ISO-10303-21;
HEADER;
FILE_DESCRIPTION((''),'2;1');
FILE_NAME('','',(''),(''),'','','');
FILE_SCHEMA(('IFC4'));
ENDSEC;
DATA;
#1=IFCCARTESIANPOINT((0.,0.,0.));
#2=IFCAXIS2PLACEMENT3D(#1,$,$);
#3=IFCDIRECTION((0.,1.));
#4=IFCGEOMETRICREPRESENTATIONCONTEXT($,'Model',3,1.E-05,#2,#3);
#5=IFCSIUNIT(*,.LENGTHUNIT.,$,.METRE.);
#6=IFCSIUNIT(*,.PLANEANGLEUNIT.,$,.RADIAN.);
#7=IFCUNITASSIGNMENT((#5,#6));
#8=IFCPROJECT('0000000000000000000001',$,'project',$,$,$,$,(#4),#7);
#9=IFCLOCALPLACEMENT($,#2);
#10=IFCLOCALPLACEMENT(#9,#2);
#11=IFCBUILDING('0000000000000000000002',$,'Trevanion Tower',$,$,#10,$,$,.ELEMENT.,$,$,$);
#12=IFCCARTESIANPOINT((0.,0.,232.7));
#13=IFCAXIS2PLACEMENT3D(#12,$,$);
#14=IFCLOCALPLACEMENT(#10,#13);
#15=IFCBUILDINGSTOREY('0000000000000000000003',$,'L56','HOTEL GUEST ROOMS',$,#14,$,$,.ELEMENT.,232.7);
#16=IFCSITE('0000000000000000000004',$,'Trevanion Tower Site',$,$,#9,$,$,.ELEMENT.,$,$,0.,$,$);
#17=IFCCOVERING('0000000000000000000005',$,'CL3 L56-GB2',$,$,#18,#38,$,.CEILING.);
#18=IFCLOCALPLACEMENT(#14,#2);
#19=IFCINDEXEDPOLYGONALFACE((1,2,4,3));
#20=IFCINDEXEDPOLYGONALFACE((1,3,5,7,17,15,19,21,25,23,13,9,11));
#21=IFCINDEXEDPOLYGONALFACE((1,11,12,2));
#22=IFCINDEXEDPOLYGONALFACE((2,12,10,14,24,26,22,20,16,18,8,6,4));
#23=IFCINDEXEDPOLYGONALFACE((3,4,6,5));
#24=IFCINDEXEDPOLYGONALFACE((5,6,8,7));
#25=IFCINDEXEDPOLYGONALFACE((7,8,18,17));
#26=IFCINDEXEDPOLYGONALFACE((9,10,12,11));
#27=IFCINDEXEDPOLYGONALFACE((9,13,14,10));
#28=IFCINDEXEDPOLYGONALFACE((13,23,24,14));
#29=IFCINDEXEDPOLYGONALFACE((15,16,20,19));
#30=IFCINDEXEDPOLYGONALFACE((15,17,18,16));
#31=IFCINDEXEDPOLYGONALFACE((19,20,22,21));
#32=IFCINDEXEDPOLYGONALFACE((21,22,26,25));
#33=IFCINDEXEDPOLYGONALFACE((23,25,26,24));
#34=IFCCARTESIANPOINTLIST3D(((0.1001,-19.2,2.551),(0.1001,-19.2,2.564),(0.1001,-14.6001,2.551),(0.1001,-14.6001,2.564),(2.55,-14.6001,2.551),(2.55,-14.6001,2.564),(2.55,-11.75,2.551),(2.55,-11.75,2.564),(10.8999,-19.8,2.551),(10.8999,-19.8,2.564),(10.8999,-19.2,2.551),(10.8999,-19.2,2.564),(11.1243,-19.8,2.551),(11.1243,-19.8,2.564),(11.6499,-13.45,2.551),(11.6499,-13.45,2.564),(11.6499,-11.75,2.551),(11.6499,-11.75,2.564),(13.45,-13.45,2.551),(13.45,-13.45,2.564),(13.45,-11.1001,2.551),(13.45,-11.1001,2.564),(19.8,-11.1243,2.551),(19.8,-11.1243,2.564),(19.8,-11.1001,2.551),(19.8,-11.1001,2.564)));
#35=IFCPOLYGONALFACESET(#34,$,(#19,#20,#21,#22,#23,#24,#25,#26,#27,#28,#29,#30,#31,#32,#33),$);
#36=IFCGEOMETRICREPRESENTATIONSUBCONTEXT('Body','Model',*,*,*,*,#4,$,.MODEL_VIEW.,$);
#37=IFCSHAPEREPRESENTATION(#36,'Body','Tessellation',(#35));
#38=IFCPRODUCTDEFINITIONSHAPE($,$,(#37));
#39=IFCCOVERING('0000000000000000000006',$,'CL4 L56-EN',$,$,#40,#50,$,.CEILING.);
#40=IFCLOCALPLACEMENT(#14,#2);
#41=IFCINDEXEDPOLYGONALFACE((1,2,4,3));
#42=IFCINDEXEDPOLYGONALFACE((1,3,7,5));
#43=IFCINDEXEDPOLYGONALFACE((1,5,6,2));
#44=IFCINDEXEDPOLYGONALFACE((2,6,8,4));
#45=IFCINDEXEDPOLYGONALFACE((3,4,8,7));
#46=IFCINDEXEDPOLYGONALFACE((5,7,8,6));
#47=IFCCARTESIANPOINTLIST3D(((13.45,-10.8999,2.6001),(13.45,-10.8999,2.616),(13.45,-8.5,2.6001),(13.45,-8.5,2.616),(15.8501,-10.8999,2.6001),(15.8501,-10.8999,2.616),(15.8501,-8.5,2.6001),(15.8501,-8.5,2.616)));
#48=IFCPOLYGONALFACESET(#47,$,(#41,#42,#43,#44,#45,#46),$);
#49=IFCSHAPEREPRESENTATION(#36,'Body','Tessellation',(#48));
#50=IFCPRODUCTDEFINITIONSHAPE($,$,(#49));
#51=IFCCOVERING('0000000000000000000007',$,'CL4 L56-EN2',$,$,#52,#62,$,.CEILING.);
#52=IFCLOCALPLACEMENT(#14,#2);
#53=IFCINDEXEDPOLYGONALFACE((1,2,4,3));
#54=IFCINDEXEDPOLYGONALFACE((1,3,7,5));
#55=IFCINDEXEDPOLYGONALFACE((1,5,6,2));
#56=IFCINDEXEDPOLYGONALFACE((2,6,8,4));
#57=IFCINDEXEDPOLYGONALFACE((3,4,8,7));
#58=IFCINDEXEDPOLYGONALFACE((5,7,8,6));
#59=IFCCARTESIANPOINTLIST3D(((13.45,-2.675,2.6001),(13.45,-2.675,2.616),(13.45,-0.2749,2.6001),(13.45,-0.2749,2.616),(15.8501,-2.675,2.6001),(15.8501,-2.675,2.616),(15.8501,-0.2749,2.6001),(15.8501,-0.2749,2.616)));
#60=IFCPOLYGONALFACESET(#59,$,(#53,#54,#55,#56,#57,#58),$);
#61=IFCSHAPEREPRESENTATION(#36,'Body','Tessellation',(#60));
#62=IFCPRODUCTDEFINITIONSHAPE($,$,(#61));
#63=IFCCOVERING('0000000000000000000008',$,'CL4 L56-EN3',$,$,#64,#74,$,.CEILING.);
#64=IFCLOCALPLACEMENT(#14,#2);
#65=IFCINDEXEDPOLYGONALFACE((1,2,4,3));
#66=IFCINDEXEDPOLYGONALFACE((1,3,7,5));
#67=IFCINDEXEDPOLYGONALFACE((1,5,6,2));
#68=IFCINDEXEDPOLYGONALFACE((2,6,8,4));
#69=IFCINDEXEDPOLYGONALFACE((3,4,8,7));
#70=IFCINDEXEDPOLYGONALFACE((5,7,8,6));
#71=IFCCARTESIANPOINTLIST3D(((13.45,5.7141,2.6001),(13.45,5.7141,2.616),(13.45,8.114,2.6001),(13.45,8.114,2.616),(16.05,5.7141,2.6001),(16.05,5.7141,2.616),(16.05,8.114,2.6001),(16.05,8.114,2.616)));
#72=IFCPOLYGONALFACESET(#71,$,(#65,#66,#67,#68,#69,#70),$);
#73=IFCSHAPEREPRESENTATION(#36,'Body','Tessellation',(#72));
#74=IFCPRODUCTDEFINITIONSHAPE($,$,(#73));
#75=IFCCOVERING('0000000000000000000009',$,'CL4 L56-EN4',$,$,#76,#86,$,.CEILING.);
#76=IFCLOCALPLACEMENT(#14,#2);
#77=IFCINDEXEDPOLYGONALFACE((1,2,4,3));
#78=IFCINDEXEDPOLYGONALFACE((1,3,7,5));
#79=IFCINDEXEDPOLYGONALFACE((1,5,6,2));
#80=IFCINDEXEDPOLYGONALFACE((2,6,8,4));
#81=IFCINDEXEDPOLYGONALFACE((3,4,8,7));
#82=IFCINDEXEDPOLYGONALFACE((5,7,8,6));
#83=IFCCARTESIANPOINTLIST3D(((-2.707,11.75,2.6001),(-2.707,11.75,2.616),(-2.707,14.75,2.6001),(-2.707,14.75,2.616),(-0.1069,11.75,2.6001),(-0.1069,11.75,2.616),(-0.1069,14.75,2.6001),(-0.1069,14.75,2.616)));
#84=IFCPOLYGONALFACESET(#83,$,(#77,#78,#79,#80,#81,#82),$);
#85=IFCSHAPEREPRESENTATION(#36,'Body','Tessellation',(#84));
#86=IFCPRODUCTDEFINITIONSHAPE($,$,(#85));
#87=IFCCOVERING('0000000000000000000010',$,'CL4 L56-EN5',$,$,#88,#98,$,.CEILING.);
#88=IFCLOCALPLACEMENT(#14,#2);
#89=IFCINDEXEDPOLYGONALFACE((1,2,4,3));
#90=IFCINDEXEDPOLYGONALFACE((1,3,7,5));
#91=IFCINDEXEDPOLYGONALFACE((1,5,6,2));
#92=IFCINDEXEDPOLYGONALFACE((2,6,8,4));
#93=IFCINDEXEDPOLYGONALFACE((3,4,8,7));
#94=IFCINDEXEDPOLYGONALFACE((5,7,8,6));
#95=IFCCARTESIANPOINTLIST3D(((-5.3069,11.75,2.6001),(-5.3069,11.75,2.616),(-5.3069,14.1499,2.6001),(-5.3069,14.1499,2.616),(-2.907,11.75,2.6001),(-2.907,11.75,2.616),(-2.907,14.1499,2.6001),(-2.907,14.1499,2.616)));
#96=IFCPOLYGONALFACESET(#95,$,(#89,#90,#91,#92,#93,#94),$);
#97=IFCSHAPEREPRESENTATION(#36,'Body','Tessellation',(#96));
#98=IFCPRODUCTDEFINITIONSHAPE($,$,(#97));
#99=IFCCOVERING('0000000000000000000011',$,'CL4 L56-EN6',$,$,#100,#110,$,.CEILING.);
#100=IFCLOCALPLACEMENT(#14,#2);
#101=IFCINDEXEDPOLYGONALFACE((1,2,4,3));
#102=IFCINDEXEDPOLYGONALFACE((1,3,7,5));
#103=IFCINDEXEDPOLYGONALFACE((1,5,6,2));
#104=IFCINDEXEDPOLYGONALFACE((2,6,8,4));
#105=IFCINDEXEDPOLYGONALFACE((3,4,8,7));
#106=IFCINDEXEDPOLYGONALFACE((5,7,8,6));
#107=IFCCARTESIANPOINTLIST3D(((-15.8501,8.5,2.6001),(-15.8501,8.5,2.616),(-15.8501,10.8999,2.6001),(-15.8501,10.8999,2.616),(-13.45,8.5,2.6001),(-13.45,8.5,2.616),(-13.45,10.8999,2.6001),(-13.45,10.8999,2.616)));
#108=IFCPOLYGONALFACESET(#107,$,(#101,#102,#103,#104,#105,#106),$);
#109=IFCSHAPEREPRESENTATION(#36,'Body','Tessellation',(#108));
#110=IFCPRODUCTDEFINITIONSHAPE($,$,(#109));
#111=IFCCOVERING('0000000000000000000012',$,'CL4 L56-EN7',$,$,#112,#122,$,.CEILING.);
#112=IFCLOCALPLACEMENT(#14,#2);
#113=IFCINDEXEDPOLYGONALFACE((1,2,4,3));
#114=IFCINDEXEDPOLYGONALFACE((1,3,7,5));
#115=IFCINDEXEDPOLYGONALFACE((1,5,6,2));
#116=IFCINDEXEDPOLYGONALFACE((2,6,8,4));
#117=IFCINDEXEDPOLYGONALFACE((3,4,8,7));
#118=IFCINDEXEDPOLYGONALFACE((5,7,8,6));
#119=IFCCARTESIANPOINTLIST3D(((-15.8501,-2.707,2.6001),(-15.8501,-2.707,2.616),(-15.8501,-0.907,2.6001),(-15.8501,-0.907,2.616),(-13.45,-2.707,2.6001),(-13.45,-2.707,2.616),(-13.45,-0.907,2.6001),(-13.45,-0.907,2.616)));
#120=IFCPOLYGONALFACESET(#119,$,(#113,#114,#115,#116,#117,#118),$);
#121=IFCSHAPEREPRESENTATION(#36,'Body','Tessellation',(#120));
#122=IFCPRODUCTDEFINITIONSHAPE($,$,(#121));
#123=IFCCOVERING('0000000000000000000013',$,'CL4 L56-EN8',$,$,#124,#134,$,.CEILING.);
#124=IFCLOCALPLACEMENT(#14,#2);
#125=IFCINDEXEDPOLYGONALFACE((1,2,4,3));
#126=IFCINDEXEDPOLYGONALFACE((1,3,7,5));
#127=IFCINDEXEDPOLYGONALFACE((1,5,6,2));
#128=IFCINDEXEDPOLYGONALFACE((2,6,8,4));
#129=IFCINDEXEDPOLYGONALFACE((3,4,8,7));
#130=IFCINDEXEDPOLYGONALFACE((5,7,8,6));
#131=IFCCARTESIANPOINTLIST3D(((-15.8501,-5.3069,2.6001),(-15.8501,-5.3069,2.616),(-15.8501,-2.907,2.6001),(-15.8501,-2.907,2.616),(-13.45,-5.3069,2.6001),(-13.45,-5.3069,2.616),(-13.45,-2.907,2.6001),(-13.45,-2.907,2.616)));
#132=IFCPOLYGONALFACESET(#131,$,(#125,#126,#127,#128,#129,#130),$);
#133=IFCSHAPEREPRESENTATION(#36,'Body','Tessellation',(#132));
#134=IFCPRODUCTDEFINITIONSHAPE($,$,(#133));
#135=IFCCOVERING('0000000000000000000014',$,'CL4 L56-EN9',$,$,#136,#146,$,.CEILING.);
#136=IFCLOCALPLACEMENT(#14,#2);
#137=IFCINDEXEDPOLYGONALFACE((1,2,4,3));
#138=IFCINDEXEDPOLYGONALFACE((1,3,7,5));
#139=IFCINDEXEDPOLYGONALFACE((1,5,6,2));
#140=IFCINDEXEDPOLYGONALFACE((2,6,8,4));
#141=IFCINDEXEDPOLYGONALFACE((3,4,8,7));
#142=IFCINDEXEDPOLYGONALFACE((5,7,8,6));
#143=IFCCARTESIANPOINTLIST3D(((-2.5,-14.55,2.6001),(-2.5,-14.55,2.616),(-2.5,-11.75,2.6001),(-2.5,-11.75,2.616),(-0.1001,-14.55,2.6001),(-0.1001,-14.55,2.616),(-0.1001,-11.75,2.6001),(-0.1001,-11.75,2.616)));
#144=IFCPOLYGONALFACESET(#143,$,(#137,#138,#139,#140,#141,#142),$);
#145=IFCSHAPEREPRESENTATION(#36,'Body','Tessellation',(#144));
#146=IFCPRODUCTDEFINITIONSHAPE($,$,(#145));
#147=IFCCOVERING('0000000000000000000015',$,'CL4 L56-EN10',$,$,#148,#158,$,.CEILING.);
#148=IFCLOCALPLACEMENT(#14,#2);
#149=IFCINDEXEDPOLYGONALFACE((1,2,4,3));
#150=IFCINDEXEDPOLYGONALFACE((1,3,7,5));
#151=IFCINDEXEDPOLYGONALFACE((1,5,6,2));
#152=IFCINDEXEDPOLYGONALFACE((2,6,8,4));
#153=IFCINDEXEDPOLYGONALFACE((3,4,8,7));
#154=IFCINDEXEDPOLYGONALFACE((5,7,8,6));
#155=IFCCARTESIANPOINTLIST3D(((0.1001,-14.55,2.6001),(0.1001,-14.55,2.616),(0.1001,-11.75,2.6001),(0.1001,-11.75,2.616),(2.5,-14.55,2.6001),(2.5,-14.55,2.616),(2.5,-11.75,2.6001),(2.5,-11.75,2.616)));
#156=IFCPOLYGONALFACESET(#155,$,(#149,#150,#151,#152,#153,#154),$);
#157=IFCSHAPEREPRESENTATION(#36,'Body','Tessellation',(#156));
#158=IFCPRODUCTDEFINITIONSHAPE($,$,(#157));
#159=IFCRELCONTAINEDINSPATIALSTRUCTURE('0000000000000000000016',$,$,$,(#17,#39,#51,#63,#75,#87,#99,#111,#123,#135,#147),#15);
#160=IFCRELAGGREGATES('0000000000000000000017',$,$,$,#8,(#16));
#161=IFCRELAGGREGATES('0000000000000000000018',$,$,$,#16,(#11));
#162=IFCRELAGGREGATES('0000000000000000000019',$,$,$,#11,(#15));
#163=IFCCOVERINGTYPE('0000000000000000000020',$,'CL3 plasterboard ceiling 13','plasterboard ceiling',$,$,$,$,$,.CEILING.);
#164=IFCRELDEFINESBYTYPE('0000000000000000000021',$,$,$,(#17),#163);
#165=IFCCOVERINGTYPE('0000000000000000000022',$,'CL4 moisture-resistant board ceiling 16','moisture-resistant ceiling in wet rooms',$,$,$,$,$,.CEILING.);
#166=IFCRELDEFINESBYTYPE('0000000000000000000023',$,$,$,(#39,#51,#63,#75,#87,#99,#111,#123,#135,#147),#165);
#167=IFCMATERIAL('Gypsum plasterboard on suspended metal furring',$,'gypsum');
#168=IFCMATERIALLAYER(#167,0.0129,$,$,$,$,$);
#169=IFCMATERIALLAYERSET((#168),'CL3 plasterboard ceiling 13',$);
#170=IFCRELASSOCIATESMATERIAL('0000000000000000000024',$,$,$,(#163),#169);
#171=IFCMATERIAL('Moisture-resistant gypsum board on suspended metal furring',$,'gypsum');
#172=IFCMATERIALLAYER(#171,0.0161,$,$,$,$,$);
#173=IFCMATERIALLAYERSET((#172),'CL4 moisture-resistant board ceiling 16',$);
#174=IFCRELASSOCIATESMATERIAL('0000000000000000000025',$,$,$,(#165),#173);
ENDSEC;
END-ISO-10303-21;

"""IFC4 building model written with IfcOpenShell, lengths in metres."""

from ifc_helpers import new_model, si_unit, direction, frame, origin, place, context, subcontext, project, spatial, polyline, outline, extrude, material, layer, layer_set, type_object, element, save


model = new_model("IFC4")

# Units and contexts
model_context = context("Model", 3, precision=1e-05, world=origin(), true_north=direction((0.0, 1.0)))
body_context = subcontext(model_context, "Body", "Model", "MODEL_VIEW")
ifc_project = project(units=[si_unit("LENGTHUNIT", "METRE"), si_unit("PLANEANGLEUNIT", "RADIAN")], contexts=[model_context])

# Site, building, storey
site_placement = place(None, origin())
site = spatial("IfcSite", under=ifc_project, at=site_placement, Name="Trevanion Tower Site", CompositionType="ELEMENT", RefElevation=0.0)
building_placement = place(site_placement, origin())
building = spatial("IfcBuilding", under=site, at=building_placement, Name="Trevanion Tower", CompositionType="ELEMENT")
storey_placement = place(building_placement, frame((0.0, 0.0, 232.7)))
storey = spatial("IfcBuildingStorey", under=building, at=storey_placement, Name="L56", Description="HOTEL GUEST ROOMS", CompositionType="ELEMENT", Elevation=232.7)

# Coverings
ifc_material_1 = material(Name="Gypsum plasterboard on suspended metal furring", Category="gypsum")
ifc_layer_1 = layer(ifc_material_1, 0.0129)
ifc_layer_set_1 = layer_set([ifc_layer_1], Name="CL3 plasterboard ceiling 13")
covering_type_1 = type_object("IfcCoveringType", Name="CL3 plasterboard ceiling 13", Description="plasterboard ceiling", PredefinedType="CEILING", material=ifc_layer_set_1)
covering_1_placement = place(storey_placement, frame((0.0, 0.0, 2.551)))
element("IfcCovering", 1, at=covering_1_placement, inside=storey, type_object=covering_type_1, Name="CL3 L56-GB2", PredefinedType="CEILING", context=body_context, shape_type="SweptSolid", body=[
    extrude(outline(polyline([(13.45, -11.1001), (19.8, -11.1001), (19.8, -11.1243), (11.1243, -19.8), (10.8999, -19.8), (10.8999, -19.2), (0.1001, -19.2), (0.1001, -14.6001), (2.55, -14.6001), (2.55, -11.75), (11.6499, -11.75), (11.6499, -13.45), (13.45, -13.45), (13.45, -11.1001)])), origin(), (0.0, 0.0, 1.0), 0.0129),
])
ifc_material_2 = material(Name="Moisture-resistant gypsum board on suspended metal furring", Category="gypsum")
ifc_layer_2 = layer(ifc_material_2, 0.0161)
ifc_layer_set_2 = layer_set([ifc_layer_2], Name="CL4 moisture-resistant board ceiling 16")
covering_type_2 = type_object("IfcCoveringType", Name="CL4 moisture-resistant board ceiling 16", Description="moisture-resistant ceiling in wet rooms", PredefinedType="CEILING", material=ifc_layer_set_2)
covering_2_placement = place(storey_placement, frame((0.0, 0.0, 2.6001)))
element("IfcCovering", 2, at=covering_2_placement, inside=storey, type_object=covering_type_2, Name="CL4 L56-EN", PredefinedType="CEILING", context=body_context, shape_type="SweptSolid", body=[
    extrude(outline(polyline([(15.8501, -10.8999), (15.8501, -8.5), (13.45, -8.5), (13.45, -10.8999), (15.8501, -10.8999)])), origin(), (0.0, 0.0, 1.0), 0.0159),
])
covering_3_placement = place(storey_placement, frame((0.0, 0.0, 2.6001)))
element("IfcCovering", 3, at=covering_3_placement, inside=storey, type_object=covering_type_2, Name="CL4 L56-EN2", PredefinedType="CEILING", context=body_context, shape_type="SweptSolid", body=[
    extrude(outline(polyline([(15.8501, -2.675), (15.8501, -0.2749), (13.45, -0.2749), (13.45, -2.675), (15.8501, -2.675)])), origin(), (0.0, 0.0, 1.0), 0.0159),
])
covering_4_placement = place(storey_placement, frame((0.0, 0.0, 2.6001)))
element("IfcCovering", 4, at=covering_4_placement, inside=storey, type_object=covering_type_2, Name="CL4 L56-EN3", PredefinedType="CEILING", context=body_context, shape_type="SweptSolid", body=[
    extrude(outline(polyline([(16.05, 5.7141), (16.05, 8.114), (13.45, 8.114), (13.45, 5.7141), (16.05, 5.7141)])), origin(), (0.0, 0.0, 1.0), 0.0159),
])
covering_5_placement = place(storey_placement, frame((0.0, 0.0, 2.6001)))
element("IfcCovering", 5, at=covering_5_placement, inside=storey, type_object=covering_type_2, Name="CL4 L56-EN4", PredefinedType="CEILING", context=body_context, shape_type="SweptSolid", body=[
    extrude(outline(polyline([(-0.1069, 14.75), (-2.707, 14.75), (-2.707, 11.75), (-0.1069, 11.75), (-0.1069, 14.75)])), origin(), (0.0, 0.0, 1.0), 0.0159),
])
covering_6_placement = place(storey_placement, frame((0.0, 0.0, 2.6001)))
element("IfcCovering", 6, at=covering_6_placement, inside=storey, type_object=covering_type_2, Name="CL4 L56-EN5", PredefinedType="CEILING", context=body_context, shape_type="SweptSolid", body=[
    extrude(outline(polyline([(-2.907, 14.1499), (-5.3069, 14.1499), (-5.3069, 11.75), (-2.907, 11.75), (-2.907, 14.1499)])), origin(), (0.0, 0.0, 1.0), 0.0159),
])
covering_7_placement = place(storey_placement, frame((0.0, 0.0, 2.6001)))
element("IfcCovering", 7, at=covering_7_placement, inside=storey, type_object=covering_type_2, Name="CL4 L56-EN6", PredefinedType="CEILING", context=body_context, shape_type="SweptSolid", body=[
    extrude(outline(polyline([(-15.8501, 10.8999), (-15.8501, 8.5), (-13.45, 8.5), (-13.45, 10.8999), (-15.8501, 10.8999)])), origin(), (0.0, 0.0, 1.0), 0.0159),
])
covering_8_placement = place(storey_placement, frame((0.0, 0.0, 2.6001)))
element("IfcCovering", 8, at=covering_8_placement, inside=storey, type_object=covering_type_2, Name="CL4 L56-EN7", PredefinedType="CEILING", context=body_context, shape_type="SweptSolid", body=[
    extrude(outline(polyline([(-15.8501, -0.907), (-15.8501, -2.707), (-13.45, -2.707), (-13.45, -0.907), (-15.8501, -0.907)])), origin(), (0.0, 0.0, 1.0), 0.0159),
])
covering_9_placement = place(storey_placement, frame((0.0, 0.0, 2.6001)))
element("IfcCovering", 9, at=covering_9_placement, inside=storey, type_object=covering_type_2, Name="CL4 L56-EN8", PredefinedType="CEILING", context=body_context, shape_type="SweptSolid", body=[
    extrude(outline(polyline([(-15.8501, -2.907), (-15.8501, -5.3069), (-13.45, -5.3069), (-13.45, -2.907), (-15.8501, -2.907)])), origin(), (0.0, 0.0, 1.0), 0.0159),
])
covering_10_placement = place(storey_placement, frame((0.0, 0.0, 2.6001)))
element("IfcCovering", 10, at=covering_10_placement, inside=storey, type_object=covering_type_2, Name="CL4 L56-EN9", PredefinedType="CEILING", context=body_context, shape_type="SweptSolid", body=[
    extrude(outline(polyline([(-2.5, -14.55), (-0.1001, -14.55), (-0.1001, -11.75), (-2.5, -11.75), (-2.5, -14.55)])), origin(), (0.0, 0.0, 1.0), 0.0159),
])
covering_11_placement = place(storey_placement, frame((0.0, 0.0, 2.6001)))
element("IfcCovering", 11, at=covering_11_placement, inside=storey, type_object=covering_type_2, Name="CL4 L56-EN10", PredefinedType="CEILING", context=body_context, shape_type="SweptSolid", body=[
    extrude(outline(polyline([(0.1001, -14.55), (2.5, -14.55), (2.5, -11.75), (0.1001, -11.75), (0.1001, -14.55)])), origin(), (0.0, 0.0, 1.0), 0.0159),
])

save(model, "model.ifc")
